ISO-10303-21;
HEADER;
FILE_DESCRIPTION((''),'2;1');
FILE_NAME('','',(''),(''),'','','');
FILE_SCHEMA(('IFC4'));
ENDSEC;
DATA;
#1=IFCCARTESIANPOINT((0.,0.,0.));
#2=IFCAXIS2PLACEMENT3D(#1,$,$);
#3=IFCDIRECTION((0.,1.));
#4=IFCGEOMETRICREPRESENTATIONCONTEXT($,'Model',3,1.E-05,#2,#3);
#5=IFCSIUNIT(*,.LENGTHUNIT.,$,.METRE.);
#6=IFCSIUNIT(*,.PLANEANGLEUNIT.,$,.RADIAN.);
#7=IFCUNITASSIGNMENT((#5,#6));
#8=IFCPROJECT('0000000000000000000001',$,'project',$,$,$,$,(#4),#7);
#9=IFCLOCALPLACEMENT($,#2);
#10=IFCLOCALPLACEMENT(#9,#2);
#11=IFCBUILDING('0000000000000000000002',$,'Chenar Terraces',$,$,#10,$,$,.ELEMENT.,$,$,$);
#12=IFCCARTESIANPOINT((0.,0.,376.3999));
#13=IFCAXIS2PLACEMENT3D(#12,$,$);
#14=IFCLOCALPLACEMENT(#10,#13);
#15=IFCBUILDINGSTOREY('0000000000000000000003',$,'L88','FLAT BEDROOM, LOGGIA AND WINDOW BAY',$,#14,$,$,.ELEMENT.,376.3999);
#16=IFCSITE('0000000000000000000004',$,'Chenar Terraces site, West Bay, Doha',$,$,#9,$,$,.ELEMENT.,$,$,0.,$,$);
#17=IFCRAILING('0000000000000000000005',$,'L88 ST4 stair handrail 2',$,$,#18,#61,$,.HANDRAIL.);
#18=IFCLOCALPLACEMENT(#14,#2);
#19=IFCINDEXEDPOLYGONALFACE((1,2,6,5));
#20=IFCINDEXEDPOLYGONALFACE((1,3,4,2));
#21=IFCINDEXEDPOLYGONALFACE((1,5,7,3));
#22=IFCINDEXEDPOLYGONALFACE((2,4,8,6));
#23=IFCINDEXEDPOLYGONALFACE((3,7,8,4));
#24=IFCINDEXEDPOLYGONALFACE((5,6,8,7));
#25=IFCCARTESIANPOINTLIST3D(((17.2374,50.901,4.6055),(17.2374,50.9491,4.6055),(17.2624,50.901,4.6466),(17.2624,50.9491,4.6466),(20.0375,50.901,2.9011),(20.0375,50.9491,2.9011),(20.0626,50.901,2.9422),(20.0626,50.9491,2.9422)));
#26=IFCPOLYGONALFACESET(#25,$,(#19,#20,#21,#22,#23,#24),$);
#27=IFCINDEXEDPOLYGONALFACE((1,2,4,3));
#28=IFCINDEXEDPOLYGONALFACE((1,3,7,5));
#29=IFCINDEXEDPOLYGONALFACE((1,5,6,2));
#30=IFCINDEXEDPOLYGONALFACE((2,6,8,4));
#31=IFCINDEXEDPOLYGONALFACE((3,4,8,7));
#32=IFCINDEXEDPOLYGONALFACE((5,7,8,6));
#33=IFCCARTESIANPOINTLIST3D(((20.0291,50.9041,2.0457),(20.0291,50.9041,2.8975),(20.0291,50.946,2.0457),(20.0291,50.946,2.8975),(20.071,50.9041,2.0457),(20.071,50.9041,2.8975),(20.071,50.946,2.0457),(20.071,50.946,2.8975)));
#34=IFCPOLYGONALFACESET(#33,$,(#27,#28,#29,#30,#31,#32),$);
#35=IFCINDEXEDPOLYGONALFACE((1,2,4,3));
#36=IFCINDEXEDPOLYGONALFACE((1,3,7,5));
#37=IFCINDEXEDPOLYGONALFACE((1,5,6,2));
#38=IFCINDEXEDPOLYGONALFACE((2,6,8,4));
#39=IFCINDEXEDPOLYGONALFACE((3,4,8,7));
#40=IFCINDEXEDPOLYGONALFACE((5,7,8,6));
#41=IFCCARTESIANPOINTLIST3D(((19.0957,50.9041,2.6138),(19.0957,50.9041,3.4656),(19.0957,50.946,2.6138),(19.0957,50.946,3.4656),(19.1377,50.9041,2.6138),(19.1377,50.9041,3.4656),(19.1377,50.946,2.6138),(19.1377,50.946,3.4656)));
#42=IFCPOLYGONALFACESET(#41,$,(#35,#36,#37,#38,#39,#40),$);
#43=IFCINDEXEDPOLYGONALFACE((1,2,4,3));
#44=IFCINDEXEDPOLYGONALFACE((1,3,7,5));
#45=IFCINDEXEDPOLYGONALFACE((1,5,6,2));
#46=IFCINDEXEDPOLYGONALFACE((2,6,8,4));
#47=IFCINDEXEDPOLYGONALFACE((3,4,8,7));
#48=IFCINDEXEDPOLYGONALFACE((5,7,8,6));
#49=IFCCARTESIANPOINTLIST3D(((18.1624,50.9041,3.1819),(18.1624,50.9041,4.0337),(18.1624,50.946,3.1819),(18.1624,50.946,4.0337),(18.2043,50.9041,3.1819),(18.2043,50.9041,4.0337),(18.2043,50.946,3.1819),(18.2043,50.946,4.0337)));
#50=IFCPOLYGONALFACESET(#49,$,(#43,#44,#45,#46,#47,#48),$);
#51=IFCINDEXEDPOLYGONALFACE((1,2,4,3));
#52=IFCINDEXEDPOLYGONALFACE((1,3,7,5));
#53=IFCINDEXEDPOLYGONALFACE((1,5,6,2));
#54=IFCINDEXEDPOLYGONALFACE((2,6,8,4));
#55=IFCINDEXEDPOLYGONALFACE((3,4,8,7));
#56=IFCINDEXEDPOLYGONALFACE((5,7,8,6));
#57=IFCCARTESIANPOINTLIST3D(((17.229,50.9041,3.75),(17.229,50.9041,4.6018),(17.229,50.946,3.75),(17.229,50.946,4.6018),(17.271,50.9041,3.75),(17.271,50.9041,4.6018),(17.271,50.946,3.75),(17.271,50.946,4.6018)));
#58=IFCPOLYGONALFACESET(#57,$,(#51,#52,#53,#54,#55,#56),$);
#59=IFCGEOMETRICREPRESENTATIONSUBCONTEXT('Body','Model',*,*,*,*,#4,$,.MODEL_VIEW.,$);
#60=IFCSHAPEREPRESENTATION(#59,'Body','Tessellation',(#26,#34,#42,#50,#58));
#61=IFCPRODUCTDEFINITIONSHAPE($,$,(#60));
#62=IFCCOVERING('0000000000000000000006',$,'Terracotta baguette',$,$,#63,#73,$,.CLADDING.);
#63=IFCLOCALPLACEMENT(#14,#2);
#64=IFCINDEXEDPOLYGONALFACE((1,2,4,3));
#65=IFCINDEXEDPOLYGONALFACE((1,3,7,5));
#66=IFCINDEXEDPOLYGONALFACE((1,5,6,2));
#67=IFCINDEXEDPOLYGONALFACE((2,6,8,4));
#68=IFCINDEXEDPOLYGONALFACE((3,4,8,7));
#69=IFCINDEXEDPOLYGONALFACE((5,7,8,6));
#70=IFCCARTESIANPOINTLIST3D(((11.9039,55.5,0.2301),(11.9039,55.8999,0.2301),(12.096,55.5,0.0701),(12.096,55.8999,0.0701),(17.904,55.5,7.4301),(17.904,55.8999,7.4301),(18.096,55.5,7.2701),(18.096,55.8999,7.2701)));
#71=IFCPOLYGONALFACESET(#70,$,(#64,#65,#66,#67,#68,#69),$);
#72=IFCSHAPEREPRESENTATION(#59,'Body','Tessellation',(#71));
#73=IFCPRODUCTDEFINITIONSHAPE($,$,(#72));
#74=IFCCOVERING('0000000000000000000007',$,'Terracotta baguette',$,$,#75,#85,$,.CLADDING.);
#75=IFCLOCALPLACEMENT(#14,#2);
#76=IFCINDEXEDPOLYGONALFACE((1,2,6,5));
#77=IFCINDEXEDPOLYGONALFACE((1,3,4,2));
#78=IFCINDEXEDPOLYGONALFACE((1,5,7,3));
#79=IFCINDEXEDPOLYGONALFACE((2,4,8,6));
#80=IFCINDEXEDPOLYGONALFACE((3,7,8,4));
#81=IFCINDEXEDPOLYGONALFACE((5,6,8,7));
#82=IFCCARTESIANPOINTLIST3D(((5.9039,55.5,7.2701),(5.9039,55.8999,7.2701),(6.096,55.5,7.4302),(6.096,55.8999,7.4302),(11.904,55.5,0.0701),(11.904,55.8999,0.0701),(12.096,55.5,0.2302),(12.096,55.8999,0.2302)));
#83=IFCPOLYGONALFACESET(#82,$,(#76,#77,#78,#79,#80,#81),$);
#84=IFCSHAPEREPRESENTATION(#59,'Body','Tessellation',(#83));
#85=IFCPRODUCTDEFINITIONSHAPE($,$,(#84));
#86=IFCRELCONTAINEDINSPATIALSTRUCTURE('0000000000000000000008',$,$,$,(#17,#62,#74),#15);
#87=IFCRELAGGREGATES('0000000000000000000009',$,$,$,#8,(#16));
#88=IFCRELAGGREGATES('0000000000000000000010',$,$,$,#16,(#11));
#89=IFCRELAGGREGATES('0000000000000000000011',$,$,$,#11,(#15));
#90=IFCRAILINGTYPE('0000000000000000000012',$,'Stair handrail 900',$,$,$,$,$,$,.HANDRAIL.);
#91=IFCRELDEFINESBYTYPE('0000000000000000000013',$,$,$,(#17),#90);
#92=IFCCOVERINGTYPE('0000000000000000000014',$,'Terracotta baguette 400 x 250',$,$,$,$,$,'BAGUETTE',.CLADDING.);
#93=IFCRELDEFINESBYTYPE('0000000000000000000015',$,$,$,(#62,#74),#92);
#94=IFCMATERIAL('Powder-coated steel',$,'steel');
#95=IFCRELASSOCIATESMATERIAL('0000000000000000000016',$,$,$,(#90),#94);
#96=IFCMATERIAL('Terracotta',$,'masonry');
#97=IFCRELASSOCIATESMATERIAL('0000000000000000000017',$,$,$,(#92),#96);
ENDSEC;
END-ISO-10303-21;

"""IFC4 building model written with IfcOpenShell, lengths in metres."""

from ifc_helpers import new_model, si_unit, direction, frame, origin, origin_2d, place, context, subcontext, project, spatial, rectangle, extrude, material, material_profile, profile_set, type_object, element, save


model = new_model("IFC4")

# Units and contexts
model_context = context("Model", 3, precision=1e-05, world=origin(), true_north=direction((0.0, 1.0)))
body_context = subcontext(model_context, "Body", "Model", "MODEL_VIEW")
ifc_project = project(units=[si_unit("LENGTHUNIT", "METRE"), si_unit("PLANEANGLEUNIT", "RADIAN")], contexts=[model_context])

# Site, building, storey
site_placement = place(None, origin())
site = spatial("IfcSite", under=ifc_project, at=site_placement, Name="Chenar Terraces site, West Bay, Doha", CompositionType="ELEMENT", RefElevation=0.0)
building_placement = place(site_placement, origin())
building = spatial("IfcBuilding", under=site, at=building_placement, Name="Chenar Terraces", CompositionType="ELEMENT")
storey_placement = place(building_placement, frame((0.0, 0.0, 376.3999)))
storey = spatial("IfcBuildingStorey", under=building, at=storey_placement, Name="L88", Description="FLAT BEDROOM, LOGGIA AND WINDOW BAY", CompositionType="ELEMENT", Elevation=376.3999)

# Railing
ifc_material_1 = material(Name="Powder-coated steel", Category="steel")
railing_type_1 = type_object("IfcRailingType", Name="Stair handrail 900", PredefinedType="HANDRAIL", material=ifc_material_1)
railing_1_placement = place(storey_placement, frame((20.05, 50.925, 2.0457)))
element("IfcRailing", 1, at=railing_1_placement, inside=storey, type_object=railing_type_1, Name="L88 ST4 stair handrail 2", PredefinedType="HANDRAIL", context=body_context, shape_type="SweptSolid", body=[
    extrude(rectangle(XDim=0.0481, YDim=0.0481, at=origin_2d()), frame((0.0, 0.0, 0.876), z_axis=(-0.854203, 0.0, 0.51994), x_axis=(0.0, -1.0, 0.0)), (0.0, 0.0, 1.0), 3.2781),
    extrude(rectangle(XDim=0.042, YDim=0.042, at=origin_2d()), origin(), (0.0, 0.0, 1.0), 0.8518),
    extrude(rectangle(XDim=0.042, YDim=0.042, at=origin_2d()), frame((-0.9333, 0.0, 0.5681)), (0.0, 0.0, 1.0), 0.8518),
    extrude(rectangle(XDim=0.042, YDim=0.042, at=origin_2d()), frame((-1.8667, 0.0, 1.1362)), (0.0, 0.0, 1.0), 0.8518),
    extrude(rectangle(XDim=0.042, YDim=0.042, at=origin_2d()), frame((-2.8, 0.0, 1.7043)), (0.0, 0.0, 1.0), 0.8518),
])

# Coverings
ifc_material_2 = material(Name="Terracotta", Category="masonry")
ifc_material_profile = material_profile(ifc_material_2, rectangle(XDim=0.3999, YDim=0.25, at=origin_2d()), Name="Terracotta baguette 400 x 250")
ifc_profile_set = profile_set([ifc_material_profile], Name="Terracotta")
covering_type = type_object("IfcCoveringType", Name="Terracotta baguette 400 x 250", ElementType="BAGUETTE", PredefinedType="CLADDING", material=ifc_profile_set)
for number, where, z_axis, x_axis, name in (
    (2, (18.0, 55.7, 7.3501), (-0.640187, 0.0, -0.768219), (0.0, -1.0, 0.0), "Terracotta baguette"),
    (3, (12.0, 55.7, 0.1501), (-0.640187, 0.0, 0.768219), (0.0, -1.0, 0.0), "Terracotta baguette"),
):
    element("IfcCovering", number, at=place(storey_placement, frame(where, z_axis=z_axis, x_axis=x_axis)), inside=storey, type_object=covering_type, Name=name, PredefinedType="CLADDING", context=body_context, shape_type="SweptSolid", body=[
        extrude(rectangle(XDim=0.3999, YDim=0.25, at=origin_2d()), origin(), (0.0, 0.0, 1.0), 9.3723),
    ])

save(model, "model.ifc")
